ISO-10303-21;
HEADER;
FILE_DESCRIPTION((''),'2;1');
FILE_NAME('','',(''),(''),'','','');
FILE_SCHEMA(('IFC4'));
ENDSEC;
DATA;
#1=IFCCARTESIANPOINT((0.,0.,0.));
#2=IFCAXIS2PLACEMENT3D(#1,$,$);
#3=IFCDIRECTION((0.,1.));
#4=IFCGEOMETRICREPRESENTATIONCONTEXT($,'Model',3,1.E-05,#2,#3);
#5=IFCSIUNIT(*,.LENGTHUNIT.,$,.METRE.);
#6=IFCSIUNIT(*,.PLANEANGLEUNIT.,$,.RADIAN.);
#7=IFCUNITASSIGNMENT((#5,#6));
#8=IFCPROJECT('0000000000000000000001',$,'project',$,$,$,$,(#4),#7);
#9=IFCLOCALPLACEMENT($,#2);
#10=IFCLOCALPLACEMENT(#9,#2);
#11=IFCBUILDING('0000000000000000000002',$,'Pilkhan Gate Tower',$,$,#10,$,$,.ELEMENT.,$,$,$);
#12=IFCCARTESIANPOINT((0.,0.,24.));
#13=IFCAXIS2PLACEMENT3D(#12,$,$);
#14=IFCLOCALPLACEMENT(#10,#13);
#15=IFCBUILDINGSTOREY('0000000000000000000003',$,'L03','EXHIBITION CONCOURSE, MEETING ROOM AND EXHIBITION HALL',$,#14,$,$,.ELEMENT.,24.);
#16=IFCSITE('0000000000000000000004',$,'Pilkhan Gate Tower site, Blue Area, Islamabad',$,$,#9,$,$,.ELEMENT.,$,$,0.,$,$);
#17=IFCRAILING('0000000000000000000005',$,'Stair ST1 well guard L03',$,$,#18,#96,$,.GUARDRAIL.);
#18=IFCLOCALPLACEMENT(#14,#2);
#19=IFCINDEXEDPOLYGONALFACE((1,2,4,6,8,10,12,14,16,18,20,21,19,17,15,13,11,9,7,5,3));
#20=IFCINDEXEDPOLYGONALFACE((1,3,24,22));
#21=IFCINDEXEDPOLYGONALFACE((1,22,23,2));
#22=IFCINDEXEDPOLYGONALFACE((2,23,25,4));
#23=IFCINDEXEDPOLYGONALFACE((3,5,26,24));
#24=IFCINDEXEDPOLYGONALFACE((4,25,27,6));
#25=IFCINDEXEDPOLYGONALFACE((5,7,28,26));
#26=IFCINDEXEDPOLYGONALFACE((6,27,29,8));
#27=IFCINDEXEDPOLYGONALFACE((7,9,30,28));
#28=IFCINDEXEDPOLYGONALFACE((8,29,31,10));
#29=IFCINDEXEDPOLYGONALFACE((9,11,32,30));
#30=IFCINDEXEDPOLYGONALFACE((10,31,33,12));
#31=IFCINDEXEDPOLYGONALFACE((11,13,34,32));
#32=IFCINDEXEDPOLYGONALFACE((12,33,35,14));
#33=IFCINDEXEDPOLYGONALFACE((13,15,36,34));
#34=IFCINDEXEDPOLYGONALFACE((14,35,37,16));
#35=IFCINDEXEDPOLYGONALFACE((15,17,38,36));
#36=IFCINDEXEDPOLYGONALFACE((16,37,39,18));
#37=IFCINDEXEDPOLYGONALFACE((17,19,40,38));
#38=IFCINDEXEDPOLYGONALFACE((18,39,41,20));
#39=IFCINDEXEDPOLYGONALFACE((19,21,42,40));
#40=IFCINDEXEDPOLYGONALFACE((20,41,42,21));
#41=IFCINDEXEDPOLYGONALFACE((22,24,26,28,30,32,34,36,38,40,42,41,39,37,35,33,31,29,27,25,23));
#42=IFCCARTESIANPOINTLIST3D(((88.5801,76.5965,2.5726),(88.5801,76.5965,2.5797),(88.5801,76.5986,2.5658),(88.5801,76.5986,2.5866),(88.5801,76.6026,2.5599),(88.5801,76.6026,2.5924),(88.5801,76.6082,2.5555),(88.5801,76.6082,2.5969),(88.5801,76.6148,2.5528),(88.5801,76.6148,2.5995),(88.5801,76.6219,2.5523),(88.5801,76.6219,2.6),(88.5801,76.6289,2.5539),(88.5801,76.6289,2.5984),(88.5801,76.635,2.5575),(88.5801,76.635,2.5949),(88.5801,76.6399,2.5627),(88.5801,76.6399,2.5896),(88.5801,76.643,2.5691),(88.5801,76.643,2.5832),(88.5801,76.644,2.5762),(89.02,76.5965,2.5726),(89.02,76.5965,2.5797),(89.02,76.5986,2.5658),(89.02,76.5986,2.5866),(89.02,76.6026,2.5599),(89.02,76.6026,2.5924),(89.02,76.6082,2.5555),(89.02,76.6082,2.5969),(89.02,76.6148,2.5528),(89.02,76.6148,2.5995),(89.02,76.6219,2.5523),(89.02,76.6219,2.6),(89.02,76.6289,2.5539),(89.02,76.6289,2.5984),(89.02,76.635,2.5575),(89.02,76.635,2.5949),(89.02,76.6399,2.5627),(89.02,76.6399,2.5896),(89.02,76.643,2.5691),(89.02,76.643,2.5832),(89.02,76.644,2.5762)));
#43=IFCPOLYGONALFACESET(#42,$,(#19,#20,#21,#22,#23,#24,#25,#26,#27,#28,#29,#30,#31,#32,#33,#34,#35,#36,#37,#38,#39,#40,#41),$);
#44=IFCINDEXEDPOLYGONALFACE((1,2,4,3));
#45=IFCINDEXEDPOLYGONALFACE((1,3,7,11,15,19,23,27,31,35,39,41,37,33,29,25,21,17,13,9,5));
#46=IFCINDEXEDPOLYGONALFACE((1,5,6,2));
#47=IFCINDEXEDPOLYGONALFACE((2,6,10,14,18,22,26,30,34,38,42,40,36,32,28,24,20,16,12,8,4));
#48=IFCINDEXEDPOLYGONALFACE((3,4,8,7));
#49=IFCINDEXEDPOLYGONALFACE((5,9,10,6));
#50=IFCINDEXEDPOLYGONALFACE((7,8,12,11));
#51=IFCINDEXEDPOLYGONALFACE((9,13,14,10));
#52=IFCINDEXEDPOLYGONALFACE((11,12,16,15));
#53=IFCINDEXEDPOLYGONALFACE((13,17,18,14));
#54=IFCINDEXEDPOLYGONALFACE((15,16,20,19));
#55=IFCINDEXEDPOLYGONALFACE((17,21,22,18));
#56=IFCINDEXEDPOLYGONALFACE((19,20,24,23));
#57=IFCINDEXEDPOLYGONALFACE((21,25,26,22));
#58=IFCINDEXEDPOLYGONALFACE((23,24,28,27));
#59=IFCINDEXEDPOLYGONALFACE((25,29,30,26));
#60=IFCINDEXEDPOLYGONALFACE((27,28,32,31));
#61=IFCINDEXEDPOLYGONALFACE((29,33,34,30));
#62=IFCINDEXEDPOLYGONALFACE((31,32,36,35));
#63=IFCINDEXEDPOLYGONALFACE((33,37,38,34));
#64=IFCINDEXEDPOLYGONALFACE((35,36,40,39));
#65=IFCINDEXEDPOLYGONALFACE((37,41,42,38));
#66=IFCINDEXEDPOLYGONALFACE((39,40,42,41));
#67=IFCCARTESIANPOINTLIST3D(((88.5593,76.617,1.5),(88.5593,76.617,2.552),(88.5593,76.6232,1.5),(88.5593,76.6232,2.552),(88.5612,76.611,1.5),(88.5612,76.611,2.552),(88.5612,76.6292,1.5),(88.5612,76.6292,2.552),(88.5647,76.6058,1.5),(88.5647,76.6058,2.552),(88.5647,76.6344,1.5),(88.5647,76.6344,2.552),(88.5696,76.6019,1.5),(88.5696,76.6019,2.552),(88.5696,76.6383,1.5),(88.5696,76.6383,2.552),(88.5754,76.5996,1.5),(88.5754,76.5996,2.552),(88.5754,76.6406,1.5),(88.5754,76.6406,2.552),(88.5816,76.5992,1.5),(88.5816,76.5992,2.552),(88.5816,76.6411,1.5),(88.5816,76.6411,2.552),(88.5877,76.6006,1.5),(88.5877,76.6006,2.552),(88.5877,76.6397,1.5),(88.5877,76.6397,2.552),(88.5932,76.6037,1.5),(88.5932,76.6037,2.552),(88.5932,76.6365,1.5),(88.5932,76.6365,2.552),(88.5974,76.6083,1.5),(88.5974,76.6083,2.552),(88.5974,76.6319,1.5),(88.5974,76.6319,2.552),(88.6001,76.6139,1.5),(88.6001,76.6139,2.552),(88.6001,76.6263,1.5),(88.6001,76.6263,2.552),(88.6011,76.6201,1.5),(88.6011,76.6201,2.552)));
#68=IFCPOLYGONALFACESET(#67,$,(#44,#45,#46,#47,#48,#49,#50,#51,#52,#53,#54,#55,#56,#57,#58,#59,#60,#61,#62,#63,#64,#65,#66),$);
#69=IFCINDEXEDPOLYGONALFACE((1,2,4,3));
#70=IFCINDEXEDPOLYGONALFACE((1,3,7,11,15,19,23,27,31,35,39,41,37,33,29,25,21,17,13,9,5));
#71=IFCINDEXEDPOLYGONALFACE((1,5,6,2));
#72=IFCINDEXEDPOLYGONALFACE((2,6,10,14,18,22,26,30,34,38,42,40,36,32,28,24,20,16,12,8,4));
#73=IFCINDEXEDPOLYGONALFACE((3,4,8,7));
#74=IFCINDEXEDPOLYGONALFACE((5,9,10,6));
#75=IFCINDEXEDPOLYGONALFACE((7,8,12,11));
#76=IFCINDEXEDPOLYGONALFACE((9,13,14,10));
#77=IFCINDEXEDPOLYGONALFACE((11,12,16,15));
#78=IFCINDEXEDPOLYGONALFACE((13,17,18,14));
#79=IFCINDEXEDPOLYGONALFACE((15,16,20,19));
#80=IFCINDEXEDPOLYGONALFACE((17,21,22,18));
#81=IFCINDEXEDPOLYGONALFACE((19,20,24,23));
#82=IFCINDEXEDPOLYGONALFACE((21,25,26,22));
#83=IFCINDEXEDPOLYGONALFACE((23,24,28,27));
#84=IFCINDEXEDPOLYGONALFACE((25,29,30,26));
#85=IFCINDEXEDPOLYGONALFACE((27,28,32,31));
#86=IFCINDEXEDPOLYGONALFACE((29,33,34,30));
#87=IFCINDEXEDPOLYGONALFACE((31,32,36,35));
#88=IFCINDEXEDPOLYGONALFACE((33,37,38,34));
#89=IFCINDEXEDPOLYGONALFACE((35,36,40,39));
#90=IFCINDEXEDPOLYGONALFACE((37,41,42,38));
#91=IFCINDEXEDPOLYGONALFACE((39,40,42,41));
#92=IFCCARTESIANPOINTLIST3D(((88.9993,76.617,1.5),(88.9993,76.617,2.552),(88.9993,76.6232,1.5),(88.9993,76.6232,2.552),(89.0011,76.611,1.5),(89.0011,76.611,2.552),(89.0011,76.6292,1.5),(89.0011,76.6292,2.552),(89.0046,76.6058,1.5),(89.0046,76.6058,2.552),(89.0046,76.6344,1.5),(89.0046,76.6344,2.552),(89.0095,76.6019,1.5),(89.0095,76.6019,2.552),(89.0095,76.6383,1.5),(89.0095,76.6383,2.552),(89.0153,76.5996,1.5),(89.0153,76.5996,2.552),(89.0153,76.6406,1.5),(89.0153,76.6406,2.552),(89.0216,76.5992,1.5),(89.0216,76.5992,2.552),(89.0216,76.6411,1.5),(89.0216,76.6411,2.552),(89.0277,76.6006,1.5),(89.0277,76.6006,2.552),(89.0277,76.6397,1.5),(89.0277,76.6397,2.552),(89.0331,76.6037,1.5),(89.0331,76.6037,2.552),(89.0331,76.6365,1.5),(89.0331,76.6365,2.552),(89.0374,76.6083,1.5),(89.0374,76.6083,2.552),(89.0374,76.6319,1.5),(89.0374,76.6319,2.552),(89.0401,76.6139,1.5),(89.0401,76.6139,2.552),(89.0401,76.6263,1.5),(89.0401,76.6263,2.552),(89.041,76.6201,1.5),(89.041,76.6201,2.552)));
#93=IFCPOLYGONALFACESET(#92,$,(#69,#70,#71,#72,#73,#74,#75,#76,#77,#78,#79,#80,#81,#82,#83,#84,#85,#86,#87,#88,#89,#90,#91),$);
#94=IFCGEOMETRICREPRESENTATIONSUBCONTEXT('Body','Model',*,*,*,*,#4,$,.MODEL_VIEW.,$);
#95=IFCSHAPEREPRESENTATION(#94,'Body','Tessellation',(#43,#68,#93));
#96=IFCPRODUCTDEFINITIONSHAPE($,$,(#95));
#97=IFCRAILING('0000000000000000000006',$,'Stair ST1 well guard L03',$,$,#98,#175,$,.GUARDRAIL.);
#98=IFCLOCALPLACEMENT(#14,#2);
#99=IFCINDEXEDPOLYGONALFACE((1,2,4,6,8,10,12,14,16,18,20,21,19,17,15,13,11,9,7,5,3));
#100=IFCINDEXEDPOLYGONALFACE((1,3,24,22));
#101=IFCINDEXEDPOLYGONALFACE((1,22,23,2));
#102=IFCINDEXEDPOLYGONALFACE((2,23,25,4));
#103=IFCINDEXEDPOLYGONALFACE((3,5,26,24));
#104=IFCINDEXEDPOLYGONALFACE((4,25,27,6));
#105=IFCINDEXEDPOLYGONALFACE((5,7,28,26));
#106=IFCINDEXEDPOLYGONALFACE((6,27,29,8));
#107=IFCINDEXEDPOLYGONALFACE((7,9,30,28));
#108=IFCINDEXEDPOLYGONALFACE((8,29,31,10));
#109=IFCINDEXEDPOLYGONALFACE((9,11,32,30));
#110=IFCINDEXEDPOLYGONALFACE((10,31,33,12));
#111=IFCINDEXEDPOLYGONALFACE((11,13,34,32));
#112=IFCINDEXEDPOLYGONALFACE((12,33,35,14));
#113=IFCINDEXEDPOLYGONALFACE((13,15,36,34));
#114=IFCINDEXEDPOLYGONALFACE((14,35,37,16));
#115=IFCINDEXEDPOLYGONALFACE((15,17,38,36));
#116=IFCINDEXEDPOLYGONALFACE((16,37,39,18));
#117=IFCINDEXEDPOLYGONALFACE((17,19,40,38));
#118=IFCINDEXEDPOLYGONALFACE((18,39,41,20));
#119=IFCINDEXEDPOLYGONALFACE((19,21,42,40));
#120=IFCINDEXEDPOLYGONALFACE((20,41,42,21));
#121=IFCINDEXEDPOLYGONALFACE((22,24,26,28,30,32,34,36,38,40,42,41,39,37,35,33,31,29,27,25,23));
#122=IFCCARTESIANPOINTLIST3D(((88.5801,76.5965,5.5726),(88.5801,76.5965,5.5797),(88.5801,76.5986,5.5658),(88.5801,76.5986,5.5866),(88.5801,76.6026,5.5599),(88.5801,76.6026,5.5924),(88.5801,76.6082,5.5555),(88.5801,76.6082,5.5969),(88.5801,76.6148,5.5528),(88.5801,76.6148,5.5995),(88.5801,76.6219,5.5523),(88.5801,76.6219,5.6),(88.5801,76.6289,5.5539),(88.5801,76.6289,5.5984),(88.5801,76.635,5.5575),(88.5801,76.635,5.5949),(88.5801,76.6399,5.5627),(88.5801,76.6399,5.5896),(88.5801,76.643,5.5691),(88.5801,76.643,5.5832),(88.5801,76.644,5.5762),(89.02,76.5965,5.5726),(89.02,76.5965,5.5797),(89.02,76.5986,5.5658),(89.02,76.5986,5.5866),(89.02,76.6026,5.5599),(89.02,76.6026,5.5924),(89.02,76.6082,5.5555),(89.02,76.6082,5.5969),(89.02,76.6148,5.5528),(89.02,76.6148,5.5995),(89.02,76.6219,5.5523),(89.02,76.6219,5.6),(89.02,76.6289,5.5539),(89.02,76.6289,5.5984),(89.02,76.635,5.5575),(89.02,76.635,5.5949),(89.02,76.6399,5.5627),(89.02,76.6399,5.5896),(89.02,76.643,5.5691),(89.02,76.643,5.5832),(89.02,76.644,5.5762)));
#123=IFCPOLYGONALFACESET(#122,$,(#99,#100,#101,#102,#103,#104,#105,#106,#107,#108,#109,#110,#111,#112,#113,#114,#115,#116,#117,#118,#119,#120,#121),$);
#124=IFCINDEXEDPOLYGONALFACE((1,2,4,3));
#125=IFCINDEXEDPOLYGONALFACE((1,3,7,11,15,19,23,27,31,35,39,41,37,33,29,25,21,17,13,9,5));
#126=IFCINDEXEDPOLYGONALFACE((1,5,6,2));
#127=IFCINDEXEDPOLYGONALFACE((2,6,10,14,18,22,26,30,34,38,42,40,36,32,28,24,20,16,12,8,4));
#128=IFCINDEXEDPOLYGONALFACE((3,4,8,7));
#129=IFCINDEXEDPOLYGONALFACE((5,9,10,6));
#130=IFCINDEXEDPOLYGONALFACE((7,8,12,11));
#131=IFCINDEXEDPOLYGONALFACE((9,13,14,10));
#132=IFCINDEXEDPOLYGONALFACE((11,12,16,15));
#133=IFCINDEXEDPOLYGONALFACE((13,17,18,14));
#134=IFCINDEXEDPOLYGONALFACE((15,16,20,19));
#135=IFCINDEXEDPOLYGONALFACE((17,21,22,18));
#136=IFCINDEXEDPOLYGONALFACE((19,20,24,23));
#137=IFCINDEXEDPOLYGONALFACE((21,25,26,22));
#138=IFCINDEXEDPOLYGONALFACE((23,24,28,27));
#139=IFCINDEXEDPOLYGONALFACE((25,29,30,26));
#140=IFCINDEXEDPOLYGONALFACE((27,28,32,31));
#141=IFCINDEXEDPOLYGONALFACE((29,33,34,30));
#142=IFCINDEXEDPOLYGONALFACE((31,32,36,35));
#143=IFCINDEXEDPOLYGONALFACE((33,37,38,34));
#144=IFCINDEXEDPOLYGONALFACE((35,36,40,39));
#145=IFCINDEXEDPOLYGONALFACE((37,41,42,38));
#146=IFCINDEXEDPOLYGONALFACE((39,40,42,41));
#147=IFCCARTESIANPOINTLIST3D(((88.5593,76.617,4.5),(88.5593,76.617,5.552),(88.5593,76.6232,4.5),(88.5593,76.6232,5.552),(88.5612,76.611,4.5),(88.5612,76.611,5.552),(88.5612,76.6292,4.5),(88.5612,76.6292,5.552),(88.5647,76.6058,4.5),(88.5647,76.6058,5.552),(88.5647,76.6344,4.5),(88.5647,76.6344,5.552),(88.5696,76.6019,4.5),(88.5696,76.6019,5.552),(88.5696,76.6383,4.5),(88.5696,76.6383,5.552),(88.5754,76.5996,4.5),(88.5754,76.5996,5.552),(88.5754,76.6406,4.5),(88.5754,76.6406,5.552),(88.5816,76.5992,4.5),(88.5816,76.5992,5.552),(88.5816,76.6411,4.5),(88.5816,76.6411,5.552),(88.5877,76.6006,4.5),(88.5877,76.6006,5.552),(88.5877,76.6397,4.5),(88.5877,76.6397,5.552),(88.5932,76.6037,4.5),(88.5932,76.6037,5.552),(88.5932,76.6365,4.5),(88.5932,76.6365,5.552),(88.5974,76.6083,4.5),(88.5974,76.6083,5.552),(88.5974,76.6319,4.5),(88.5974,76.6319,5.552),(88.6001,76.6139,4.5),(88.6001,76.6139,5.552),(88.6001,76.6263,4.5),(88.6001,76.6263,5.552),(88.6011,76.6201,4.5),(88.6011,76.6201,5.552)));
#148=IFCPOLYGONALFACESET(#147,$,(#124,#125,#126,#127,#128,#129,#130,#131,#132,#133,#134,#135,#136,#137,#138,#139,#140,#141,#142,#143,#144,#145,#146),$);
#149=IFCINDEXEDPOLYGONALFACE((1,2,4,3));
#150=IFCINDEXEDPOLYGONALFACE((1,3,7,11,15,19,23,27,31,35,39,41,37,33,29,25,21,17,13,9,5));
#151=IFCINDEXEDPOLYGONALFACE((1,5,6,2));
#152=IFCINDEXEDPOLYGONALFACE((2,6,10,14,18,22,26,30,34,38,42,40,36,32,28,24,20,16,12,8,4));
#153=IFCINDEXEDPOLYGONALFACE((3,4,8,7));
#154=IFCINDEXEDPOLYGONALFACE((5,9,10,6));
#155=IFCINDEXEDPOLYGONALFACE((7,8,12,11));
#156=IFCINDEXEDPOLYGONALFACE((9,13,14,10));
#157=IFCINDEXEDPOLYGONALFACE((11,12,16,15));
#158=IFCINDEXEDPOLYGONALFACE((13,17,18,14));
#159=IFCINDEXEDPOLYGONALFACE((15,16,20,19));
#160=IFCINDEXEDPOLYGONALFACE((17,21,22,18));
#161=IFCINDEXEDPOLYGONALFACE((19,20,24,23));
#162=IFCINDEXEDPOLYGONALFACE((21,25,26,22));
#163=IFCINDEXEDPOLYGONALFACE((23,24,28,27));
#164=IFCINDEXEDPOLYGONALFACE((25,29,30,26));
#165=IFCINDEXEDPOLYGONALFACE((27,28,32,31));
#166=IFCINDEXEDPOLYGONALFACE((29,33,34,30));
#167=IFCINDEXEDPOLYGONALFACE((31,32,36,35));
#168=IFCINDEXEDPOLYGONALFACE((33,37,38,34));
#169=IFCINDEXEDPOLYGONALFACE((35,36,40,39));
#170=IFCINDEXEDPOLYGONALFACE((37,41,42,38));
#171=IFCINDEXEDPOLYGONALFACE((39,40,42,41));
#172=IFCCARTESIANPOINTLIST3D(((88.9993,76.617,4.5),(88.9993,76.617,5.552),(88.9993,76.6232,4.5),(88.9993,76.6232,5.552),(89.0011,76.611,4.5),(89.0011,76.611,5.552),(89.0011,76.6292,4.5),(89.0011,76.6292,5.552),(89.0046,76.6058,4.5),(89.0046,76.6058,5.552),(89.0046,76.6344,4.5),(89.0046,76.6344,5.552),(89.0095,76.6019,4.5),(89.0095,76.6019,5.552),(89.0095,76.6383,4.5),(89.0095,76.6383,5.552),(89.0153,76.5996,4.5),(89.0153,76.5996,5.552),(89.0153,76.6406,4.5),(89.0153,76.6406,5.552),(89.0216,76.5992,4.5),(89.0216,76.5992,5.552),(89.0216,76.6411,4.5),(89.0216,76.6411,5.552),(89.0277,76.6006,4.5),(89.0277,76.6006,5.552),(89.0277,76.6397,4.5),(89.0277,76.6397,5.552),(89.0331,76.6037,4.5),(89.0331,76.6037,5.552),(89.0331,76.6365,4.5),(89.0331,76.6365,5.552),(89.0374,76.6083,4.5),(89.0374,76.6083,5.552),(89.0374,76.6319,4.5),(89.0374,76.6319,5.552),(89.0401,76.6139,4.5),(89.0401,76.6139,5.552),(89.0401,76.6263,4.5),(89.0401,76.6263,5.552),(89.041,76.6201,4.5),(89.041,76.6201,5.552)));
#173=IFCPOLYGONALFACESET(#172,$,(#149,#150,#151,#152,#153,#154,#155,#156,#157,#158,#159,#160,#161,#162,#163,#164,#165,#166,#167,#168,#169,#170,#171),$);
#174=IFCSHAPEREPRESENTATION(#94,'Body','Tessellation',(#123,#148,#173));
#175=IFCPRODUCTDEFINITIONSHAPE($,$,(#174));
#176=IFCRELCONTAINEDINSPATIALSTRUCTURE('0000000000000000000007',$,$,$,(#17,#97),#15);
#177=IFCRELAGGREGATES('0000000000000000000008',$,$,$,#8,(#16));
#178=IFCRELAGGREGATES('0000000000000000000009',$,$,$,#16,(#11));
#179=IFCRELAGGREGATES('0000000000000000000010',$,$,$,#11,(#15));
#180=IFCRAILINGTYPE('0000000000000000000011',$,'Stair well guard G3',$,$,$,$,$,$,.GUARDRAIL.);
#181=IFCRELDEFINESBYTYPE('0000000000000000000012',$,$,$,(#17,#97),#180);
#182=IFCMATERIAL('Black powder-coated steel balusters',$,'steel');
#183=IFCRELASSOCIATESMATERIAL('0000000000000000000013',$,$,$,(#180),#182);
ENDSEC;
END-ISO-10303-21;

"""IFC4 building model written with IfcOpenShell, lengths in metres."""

from ifc_helpers import new_model, si_unit, direction, frame, origin, origin_2d, place, context, subcontext, project, spatial, circle, extrude, material, type_object, element, save


model = new_model("IFC4")

# Units and contexts
model_context = context("Model", 3, precision=1e-05, world=origin(), true_north=direction((0.0, 1.0)))
body_context = subcontext(model_context, "Body", "Model", "MODEL_VIEW")
ifc_project = project(units=[si_unit("LENGTHUNIT", "METRE"), si_unit("PLANEANGLEUNIT", "RADIAN")], contexts=[model_context])

# Site, building, storey
site_placement = place(None, origin())
site = spatial("IfcSite", under=ifc_project, at=site_placement, Name="Pilkhan Gate Tower site, Blue Area, Islamabad", CompositionType="ELEMENT", RefElevation=0.0)
building_placement = place(site_placement, origin())
building = spatial("IfcBuilding", under=site, at=building_placement, Name="Pilkhan Gate Tower", CompositionType="ELEMENT")
storey_placement = place(building_placement, frame((0.0, 0.0, 24.0)))
storey = spatial("IfcBuildingStorey", under=building, at=storey_placement, Name="L03", Description="EXHIBITION CONCOURSE, MEETING ROOM AND EXHIBITION HALL", CompositionType="ELEMENT", Elevation=24.0)

# Railings
ifc_material_1 = material(Name="Black powder-coated steel balusters", Category="steel")
railing_type_1 = type_object("IfcRailingType", Name="Stair well guard G3", PredefinedType="GUARDRAIL", material=ifc_material_1)
for number, where, name in (
    (1, (88.5801, 76.6201, 1.5), "Stair ST1 well guard L03"),
    (2, (88.5801, 76.6201, 4.5), "Stair ST1 well guard L03"),
):
    element("IfcRailing", number, at=place(storey_placement, frame(where)), inside=storey, type_object=railing_type_1, Name=name, PredefinedType="GUARDRAIL", context=body_context, shape_type="SweptSolid", body=[
        extrude(circle(Radius=0.0239, at=origin_2d()), frame((0.0, 0.0, 1.0762), z_axis=(1.0, 0.0, 0.0), x_axis=(0.0, 1.0, 0.0)), (0.0, 0.0, 1.0), 0.4399),
        extrude(circle(Radius=0.021, at=origin_2d()), origin(), (0.0, 0.0, 1.0), 1.052),
        extrude(circle(Radius=0.021, at=origin_2d()), frame((0.4399, 0.0, 0.0)), (0.0, 0.0, 1.0), 1.052),
    ])

save(model, "model.ifc")
